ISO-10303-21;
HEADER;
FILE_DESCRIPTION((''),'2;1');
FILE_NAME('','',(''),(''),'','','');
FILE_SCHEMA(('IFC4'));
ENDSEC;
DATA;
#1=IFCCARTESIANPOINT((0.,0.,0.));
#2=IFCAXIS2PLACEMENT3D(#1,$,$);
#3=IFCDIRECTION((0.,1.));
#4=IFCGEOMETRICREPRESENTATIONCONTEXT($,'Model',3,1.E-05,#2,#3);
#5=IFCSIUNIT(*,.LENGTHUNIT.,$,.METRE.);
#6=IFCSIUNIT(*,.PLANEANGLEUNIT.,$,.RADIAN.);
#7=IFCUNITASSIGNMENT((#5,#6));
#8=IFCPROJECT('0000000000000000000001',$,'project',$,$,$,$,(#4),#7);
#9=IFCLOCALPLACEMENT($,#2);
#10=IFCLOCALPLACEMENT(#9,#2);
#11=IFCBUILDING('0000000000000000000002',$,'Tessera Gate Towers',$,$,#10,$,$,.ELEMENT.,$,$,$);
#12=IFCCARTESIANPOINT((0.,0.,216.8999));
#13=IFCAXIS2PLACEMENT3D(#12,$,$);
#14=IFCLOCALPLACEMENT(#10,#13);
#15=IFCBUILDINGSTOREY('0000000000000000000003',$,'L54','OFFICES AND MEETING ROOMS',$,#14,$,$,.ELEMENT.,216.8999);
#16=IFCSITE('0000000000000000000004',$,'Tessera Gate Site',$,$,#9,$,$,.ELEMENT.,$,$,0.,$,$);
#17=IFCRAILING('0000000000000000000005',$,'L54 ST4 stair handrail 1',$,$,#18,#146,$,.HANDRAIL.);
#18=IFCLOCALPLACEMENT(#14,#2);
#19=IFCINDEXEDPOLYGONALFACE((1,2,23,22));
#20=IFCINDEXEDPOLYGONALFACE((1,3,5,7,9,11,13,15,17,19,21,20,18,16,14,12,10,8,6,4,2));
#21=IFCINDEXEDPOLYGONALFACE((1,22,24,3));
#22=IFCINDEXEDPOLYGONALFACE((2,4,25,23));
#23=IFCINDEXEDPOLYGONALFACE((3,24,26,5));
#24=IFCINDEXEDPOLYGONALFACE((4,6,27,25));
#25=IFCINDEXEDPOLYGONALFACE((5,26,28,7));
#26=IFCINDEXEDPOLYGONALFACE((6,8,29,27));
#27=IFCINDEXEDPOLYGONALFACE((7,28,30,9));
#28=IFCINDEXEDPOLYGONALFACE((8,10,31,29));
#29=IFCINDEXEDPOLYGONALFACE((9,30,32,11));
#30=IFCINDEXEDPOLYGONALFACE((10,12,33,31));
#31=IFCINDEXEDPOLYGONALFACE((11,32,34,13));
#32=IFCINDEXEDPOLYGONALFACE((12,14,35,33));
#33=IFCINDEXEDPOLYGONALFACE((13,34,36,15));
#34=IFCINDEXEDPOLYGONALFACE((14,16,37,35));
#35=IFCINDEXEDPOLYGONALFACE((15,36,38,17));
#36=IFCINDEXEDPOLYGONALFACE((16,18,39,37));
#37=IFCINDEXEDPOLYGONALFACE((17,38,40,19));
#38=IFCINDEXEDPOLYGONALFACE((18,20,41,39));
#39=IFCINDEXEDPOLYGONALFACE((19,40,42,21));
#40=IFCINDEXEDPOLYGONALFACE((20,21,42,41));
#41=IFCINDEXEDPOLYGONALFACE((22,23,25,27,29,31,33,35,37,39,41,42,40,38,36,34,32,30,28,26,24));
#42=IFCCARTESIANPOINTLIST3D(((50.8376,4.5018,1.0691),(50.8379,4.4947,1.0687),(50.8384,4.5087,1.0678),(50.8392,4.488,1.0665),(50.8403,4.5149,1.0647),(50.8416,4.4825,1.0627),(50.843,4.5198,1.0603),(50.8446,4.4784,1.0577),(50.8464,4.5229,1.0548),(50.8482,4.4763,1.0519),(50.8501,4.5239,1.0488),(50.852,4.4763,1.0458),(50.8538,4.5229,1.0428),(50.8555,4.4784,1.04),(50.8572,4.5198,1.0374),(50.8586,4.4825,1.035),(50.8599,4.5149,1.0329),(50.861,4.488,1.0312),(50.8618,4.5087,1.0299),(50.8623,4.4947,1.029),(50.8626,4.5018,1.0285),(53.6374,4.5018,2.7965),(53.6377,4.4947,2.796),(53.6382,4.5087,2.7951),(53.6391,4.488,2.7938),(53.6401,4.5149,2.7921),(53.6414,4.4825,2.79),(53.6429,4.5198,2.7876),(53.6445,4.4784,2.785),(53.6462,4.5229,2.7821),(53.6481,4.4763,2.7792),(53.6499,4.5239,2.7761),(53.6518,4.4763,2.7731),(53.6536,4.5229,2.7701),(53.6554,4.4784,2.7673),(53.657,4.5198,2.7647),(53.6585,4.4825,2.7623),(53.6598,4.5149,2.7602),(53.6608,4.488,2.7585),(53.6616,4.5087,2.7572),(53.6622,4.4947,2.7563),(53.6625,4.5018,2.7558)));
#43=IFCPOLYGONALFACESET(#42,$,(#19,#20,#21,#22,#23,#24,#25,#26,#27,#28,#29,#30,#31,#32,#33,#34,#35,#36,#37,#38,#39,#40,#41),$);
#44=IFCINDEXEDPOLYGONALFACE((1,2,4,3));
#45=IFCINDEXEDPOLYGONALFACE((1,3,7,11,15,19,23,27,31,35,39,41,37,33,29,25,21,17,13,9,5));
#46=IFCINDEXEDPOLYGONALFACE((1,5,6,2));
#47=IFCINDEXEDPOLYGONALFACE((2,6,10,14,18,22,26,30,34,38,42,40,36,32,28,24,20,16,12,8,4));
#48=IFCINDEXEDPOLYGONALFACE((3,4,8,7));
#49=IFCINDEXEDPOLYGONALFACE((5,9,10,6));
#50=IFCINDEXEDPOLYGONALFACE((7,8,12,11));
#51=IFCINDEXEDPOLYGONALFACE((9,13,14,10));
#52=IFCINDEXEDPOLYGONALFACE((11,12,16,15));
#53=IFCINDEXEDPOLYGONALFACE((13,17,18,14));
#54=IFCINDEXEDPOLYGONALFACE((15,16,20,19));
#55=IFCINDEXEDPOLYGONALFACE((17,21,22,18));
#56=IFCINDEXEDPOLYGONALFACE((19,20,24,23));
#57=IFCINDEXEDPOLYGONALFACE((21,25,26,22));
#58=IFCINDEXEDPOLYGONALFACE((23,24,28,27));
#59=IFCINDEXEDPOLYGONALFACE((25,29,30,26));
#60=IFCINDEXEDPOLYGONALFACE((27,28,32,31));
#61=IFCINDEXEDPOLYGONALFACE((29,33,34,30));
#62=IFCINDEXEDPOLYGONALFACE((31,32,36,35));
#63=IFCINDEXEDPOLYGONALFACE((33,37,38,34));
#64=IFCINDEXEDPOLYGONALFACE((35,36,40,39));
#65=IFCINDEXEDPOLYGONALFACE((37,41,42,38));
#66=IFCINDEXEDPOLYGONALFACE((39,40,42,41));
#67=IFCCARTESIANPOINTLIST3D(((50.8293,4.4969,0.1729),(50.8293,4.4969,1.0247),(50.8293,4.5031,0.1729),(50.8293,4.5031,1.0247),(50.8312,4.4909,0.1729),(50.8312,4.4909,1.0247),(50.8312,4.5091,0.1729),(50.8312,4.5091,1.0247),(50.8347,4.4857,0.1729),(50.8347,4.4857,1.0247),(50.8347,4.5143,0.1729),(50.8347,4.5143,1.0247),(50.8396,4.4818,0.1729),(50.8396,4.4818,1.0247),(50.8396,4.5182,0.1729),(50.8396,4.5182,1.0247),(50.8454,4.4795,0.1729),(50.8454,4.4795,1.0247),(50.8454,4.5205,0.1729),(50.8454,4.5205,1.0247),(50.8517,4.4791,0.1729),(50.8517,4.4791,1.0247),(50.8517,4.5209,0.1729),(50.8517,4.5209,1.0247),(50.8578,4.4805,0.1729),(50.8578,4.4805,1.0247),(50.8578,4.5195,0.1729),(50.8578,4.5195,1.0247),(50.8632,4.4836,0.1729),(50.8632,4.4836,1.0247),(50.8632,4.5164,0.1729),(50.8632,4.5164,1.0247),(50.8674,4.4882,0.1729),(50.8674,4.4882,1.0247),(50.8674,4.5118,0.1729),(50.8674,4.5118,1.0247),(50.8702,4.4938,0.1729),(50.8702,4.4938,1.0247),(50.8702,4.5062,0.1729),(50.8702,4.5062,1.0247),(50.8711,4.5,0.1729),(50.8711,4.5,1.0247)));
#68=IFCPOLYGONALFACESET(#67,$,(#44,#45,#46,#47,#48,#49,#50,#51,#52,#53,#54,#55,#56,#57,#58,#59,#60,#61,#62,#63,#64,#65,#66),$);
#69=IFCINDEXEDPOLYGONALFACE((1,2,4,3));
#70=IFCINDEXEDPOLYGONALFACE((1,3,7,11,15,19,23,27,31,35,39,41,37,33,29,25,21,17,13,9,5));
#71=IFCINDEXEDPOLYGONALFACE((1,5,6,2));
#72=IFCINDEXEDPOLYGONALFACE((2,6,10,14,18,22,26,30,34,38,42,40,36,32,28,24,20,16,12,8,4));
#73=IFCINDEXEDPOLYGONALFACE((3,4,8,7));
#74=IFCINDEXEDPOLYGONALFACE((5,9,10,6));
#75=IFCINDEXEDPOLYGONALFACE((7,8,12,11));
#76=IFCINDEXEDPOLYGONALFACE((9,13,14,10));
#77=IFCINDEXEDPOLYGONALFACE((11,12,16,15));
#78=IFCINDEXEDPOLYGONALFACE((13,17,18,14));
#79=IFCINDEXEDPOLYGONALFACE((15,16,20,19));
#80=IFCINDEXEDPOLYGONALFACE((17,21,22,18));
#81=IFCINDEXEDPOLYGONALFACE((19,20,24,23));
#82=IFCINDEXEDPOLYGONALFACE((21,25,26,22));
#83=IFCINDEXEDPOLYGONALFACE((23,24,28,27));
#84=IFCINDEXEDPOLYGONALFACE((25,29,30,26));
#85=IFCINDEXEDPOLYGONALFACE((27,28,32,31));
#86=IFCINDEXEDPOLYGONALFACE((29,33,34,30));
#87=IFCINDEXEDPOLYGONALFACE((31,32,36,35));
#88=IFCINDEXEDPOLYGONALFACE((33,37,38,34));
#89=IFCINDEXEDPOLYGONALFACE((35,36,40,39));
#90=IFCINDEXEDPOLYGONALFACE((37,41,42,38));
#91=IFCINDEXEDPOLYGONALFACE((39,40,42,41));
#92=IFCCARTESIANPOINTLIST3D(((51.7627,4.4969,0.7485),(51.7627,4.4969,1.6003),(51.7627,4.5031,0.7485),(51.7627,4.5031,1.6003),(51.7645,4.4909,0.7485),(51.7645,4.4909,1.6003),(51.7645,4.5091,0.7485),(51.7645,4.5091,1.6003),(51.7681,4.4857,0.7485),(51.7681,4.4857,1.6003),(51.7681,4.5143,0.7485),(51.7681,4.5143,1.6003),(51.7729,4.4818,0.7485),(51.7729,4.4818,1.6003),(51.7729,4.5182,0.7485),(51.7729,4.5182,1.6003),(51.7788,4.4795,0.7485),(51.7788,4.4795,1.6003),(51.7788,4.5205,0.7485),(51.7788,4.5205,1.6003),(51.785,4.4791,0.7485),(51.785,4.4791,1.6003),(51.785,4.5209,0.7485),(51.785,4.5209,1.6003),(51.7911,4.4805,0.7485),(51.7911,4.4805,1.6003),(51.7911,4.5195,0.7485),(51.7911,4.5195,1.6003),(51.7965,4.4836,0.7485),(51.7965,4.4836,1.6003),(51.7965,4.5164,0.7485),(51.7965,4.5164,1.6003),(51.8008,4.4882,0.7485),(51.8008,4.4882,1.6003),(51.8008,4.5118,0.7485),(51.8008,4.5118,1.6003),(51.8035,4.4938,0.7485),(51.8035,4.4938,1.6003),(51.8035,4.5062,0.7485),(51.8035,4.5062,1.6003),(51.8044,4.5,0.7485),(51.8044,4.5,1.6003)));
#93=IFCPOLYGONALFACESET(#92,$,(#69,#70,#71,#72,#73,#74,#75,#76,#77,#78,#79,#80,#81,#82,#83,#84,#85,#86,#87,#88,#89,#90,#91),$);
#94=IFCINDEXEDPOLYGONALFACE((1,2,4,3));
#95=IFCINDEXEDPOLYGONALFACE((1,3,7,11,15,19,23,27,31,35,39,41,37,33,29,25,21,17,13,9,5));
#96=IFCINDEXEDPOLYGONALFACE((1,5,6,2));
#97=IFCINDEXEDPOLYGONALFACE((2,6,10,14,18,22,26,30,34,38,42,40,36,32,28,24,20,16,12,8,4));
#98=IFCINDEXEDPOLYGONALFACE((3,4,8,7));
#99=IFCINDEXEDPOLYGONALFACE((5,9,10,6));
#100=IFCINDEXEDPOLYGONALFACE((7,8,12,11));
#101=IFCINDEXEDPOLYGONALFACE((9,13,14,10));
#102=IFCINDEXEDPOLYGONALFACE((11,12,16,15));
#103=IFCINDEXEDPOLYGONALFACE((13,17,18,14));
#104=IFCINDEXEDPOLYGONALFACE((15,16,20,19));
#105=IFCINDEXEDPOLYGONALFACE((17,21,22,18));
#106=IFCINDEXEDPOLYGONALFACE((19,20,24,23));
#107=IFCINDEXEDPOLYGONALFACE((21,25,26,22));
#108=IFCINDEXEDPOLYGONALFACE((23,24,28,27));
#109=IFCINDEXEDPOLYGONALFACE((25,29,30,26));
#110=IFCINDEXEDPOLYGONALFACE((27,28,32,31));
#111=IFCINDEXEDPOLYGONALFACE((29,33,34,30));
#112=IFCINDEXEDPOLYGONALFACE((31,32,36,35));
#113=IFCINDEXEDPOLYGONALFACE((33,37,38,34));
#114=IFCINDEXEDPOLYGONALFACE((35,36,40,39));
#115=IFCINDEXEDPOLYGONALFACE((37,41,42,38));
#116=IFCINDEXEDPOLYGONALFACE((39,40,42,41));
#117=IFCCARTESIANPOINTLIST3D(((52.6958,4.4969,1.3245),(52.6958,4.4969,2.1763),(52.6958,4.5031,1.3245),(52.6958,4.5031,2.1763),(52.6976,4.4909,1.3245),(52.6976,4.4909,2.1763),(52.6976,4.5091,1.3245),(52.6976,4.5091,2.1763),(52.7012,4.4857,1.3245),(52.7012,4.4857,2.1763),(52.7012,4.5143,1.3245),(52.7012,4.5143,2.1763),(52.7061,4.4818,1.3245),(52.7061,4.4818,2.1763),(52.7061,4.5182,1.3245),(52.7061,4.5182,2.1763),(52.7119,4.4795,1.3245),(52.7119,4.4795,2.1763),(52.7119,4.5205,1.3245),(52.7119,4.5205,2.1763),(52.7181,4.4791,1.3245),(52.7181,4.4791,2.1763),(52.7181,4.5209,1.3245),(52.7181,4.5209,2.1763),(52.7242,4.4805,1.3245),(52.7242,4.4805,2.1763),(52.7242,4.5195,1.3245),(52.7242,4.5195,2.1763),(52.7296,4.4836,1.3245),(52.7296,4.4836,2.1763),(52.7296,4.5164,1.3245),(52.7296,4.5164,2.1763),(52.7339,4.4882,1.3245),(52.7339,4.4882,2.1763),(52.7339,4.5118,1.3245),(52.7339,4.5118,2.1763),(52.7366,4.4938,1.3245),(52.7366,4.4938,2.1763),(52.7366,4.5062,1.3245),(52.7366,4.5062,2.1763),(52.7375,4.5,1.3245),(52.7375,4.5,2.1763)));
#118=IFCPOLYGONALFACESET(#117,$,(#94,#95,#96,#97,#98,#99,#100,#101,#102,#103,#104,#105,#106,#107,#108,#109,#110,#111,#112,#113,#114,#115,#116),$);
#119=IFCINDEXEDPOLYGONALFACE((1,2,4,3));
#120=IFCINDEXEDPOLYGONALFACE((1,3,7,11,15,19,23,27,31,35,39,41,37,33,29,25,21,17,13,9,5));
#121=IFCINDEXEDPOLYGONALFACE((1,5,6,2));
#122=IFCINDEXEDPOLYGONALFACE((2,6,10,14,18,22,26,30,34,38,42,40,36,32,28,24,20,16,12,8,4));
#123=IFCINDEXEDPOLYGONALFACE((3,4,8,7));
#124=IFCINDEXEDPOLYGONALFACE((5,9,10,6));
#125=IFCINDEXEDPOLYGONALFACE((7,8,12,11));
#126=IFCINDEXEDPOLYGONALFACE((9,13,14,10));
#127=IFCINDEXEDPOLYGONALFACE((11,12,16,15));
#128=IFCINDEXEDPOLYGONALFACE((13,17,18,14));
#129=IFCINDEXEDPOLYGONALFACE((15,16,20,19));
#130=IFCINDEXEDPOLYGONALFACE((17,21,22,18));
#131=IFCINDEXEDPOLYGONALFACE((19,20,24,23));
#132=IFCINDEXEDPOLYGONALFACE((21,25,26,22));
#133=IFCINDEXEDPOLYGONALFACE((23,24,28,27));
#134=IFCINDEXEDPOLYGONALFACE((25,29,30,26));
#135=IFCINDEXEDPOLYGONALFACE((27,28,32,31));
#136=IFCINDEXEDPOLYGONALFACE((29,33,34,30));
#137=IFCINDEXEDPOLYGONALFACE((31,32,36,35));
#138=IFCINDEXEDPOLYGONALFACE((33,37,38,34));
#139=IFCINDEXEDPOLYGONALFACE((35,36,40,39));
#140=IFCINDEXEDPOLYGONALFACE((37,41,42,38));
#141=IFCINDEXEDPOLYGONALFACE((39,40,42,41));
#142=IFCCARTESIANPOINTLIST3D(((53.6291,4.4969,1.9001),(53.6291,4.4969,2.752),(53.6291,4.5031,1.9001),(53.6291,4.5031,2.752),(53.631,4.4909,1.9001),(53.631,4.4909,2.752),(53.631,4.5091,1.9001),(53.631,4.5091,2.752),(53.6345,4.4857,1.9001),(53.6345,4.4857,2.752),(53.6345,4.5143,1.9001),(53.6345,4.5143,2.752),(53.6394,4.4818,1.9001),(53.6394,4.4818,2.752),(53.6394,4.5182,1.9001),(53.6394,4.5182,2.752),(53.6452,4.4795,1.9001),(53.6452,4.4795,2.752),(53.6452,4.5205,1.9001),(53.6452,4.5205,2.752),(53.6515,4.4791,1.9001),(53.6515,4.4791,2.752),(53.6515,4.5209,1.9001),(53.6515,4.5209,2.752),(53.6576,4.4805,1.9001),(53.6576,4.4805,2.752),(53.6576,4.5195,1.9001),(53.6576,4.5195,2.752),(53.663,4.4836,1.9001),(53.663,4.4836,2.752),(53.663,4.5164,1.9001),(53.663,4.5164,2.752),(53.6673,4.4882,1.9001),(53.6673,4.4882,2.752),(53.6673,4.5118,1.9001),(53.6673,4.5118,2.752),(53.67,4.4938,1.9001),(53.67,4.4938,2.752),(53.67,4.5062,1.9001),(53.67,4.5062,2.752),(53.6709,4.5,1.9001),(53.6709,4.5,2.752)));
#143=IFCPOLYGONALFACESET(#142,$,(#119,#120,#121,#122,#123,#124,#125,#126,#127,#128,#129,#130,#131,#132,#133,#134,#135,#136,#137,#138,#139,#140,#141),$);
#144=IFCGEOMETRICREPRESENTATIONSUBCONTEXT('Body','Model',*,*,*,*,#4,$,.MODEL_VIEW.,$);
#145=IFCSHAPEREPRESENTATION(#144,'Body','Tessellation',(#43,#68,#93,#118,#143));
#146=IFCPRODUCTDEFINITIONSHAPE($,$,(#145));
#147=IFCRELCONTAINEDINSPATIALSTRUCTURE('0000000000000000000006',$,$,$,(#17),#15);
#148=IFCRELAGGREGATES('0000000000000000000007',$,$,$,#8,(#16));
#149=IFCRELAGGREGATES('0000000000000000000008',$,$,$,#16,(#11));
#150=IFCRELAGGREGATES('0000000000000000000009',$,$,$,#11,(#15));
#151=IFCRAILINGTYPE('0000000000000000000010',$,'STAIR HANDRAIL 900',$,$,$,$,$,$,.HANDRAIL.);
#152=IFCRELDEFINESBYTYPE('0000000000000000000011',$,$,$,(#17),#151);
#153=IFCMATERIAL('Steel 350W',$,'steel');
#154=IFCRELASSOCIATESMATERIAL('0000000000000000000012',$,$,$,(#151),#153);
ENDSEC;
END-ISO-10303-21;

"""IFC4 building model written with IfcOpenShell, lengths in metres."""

from ifc_helpers import new_model, si_unit, direction, frame, origin, origin_2d, place, context, subcontext, project, spatial, circle, extrude, material, type_object, element, save


model = new_model("IFC4")

# Units and contexts
model_context = context("Model", 3, precision=1e-05, world=origin(), true_north=direction((0.0, 1.0)))
body_context = subcontext(model_context, "Body", "Model", "MODEL_VIEW")
ifc_project = project(units=[si_unit("LENGTHUNIT", "METRE"), si_unit("PLANEANGLEUNIT", "RADIAN")], contexts=[model_context])

# Site, building, storey
site_placement = place(None, origin())
site = spatial("IfcSite", under=ifc_project, at=site_placement, Name="Tessera Gate Site", CompositionType="ELEMENT", RefElevation=0.0)
building_placement = place(site_placement, origin())
building = spatial("IfcBuilding", under=site, at=building_placement, Name="Tessera Gate Towers", CompositionType="ELEMENT")
storey_placement = place(building_placement, frame((0.0, 0.0, 216.8999)))
storey = spatial("IfcBuildingStorey", under=building, at=storey_placement, Name="L54", Description="OFFICES AND MEETING ROOMS", CompositionType="ELEMENT", Elevation=216.8999)

# Railing
ifc_material_1 = material(Name="Steel 350W", Category="steel")
railing_type_1 = type_object("IfcRailingType", Name="STAIR HANDRAIL 900", PredefinedType="HANDRAIL", material=ifc_material_1)
railing_1_placement = place(storey_placement, frame((50.8501, 4.5, 0.1729)))
element("IfcRailing", 1, at=railing_1_placement, inside=storey, type_object=railing_type_1, Name="L54 ST4 stair handrail 1", PredefinedType="HANDRAIL", context=body_context, shape_type="SweptSolid", body=[
    extrude(circle(Radius=0.0239, at=origin_2d()), frame((0.0, 0.0, 0.876), z_axis=(0.851069, 0.0, 0.525054), x_axis=(0.0, 1.0, 0.0)), (0.0, 0.0, 1.0), 3.2898),
    extrude(circle(Radius=0.021, at=origin_2d()), origin(), (0.0, 0.0, 1.0), 0.8518),
    extrude(circle(Radius=0.021, at=origin_2d()), frame((0.9333, 0.0, 0.5757)), (0.0, 0.0, 1.0), 0.8518),
    extrude(circle(Radius=0.021, at=origin_2d()), frame((1.8665, 0.0, 1.1516)), (0.0, 0.0, 1.0), 0.8518),
    extrude(circle(Radius=0.021, at=origin_2d()), frame((2.7998, 0.0, 1.7273)), (0.0, 0.0, 1.0), 0.8518),
])

save(model, "model.ifc")
